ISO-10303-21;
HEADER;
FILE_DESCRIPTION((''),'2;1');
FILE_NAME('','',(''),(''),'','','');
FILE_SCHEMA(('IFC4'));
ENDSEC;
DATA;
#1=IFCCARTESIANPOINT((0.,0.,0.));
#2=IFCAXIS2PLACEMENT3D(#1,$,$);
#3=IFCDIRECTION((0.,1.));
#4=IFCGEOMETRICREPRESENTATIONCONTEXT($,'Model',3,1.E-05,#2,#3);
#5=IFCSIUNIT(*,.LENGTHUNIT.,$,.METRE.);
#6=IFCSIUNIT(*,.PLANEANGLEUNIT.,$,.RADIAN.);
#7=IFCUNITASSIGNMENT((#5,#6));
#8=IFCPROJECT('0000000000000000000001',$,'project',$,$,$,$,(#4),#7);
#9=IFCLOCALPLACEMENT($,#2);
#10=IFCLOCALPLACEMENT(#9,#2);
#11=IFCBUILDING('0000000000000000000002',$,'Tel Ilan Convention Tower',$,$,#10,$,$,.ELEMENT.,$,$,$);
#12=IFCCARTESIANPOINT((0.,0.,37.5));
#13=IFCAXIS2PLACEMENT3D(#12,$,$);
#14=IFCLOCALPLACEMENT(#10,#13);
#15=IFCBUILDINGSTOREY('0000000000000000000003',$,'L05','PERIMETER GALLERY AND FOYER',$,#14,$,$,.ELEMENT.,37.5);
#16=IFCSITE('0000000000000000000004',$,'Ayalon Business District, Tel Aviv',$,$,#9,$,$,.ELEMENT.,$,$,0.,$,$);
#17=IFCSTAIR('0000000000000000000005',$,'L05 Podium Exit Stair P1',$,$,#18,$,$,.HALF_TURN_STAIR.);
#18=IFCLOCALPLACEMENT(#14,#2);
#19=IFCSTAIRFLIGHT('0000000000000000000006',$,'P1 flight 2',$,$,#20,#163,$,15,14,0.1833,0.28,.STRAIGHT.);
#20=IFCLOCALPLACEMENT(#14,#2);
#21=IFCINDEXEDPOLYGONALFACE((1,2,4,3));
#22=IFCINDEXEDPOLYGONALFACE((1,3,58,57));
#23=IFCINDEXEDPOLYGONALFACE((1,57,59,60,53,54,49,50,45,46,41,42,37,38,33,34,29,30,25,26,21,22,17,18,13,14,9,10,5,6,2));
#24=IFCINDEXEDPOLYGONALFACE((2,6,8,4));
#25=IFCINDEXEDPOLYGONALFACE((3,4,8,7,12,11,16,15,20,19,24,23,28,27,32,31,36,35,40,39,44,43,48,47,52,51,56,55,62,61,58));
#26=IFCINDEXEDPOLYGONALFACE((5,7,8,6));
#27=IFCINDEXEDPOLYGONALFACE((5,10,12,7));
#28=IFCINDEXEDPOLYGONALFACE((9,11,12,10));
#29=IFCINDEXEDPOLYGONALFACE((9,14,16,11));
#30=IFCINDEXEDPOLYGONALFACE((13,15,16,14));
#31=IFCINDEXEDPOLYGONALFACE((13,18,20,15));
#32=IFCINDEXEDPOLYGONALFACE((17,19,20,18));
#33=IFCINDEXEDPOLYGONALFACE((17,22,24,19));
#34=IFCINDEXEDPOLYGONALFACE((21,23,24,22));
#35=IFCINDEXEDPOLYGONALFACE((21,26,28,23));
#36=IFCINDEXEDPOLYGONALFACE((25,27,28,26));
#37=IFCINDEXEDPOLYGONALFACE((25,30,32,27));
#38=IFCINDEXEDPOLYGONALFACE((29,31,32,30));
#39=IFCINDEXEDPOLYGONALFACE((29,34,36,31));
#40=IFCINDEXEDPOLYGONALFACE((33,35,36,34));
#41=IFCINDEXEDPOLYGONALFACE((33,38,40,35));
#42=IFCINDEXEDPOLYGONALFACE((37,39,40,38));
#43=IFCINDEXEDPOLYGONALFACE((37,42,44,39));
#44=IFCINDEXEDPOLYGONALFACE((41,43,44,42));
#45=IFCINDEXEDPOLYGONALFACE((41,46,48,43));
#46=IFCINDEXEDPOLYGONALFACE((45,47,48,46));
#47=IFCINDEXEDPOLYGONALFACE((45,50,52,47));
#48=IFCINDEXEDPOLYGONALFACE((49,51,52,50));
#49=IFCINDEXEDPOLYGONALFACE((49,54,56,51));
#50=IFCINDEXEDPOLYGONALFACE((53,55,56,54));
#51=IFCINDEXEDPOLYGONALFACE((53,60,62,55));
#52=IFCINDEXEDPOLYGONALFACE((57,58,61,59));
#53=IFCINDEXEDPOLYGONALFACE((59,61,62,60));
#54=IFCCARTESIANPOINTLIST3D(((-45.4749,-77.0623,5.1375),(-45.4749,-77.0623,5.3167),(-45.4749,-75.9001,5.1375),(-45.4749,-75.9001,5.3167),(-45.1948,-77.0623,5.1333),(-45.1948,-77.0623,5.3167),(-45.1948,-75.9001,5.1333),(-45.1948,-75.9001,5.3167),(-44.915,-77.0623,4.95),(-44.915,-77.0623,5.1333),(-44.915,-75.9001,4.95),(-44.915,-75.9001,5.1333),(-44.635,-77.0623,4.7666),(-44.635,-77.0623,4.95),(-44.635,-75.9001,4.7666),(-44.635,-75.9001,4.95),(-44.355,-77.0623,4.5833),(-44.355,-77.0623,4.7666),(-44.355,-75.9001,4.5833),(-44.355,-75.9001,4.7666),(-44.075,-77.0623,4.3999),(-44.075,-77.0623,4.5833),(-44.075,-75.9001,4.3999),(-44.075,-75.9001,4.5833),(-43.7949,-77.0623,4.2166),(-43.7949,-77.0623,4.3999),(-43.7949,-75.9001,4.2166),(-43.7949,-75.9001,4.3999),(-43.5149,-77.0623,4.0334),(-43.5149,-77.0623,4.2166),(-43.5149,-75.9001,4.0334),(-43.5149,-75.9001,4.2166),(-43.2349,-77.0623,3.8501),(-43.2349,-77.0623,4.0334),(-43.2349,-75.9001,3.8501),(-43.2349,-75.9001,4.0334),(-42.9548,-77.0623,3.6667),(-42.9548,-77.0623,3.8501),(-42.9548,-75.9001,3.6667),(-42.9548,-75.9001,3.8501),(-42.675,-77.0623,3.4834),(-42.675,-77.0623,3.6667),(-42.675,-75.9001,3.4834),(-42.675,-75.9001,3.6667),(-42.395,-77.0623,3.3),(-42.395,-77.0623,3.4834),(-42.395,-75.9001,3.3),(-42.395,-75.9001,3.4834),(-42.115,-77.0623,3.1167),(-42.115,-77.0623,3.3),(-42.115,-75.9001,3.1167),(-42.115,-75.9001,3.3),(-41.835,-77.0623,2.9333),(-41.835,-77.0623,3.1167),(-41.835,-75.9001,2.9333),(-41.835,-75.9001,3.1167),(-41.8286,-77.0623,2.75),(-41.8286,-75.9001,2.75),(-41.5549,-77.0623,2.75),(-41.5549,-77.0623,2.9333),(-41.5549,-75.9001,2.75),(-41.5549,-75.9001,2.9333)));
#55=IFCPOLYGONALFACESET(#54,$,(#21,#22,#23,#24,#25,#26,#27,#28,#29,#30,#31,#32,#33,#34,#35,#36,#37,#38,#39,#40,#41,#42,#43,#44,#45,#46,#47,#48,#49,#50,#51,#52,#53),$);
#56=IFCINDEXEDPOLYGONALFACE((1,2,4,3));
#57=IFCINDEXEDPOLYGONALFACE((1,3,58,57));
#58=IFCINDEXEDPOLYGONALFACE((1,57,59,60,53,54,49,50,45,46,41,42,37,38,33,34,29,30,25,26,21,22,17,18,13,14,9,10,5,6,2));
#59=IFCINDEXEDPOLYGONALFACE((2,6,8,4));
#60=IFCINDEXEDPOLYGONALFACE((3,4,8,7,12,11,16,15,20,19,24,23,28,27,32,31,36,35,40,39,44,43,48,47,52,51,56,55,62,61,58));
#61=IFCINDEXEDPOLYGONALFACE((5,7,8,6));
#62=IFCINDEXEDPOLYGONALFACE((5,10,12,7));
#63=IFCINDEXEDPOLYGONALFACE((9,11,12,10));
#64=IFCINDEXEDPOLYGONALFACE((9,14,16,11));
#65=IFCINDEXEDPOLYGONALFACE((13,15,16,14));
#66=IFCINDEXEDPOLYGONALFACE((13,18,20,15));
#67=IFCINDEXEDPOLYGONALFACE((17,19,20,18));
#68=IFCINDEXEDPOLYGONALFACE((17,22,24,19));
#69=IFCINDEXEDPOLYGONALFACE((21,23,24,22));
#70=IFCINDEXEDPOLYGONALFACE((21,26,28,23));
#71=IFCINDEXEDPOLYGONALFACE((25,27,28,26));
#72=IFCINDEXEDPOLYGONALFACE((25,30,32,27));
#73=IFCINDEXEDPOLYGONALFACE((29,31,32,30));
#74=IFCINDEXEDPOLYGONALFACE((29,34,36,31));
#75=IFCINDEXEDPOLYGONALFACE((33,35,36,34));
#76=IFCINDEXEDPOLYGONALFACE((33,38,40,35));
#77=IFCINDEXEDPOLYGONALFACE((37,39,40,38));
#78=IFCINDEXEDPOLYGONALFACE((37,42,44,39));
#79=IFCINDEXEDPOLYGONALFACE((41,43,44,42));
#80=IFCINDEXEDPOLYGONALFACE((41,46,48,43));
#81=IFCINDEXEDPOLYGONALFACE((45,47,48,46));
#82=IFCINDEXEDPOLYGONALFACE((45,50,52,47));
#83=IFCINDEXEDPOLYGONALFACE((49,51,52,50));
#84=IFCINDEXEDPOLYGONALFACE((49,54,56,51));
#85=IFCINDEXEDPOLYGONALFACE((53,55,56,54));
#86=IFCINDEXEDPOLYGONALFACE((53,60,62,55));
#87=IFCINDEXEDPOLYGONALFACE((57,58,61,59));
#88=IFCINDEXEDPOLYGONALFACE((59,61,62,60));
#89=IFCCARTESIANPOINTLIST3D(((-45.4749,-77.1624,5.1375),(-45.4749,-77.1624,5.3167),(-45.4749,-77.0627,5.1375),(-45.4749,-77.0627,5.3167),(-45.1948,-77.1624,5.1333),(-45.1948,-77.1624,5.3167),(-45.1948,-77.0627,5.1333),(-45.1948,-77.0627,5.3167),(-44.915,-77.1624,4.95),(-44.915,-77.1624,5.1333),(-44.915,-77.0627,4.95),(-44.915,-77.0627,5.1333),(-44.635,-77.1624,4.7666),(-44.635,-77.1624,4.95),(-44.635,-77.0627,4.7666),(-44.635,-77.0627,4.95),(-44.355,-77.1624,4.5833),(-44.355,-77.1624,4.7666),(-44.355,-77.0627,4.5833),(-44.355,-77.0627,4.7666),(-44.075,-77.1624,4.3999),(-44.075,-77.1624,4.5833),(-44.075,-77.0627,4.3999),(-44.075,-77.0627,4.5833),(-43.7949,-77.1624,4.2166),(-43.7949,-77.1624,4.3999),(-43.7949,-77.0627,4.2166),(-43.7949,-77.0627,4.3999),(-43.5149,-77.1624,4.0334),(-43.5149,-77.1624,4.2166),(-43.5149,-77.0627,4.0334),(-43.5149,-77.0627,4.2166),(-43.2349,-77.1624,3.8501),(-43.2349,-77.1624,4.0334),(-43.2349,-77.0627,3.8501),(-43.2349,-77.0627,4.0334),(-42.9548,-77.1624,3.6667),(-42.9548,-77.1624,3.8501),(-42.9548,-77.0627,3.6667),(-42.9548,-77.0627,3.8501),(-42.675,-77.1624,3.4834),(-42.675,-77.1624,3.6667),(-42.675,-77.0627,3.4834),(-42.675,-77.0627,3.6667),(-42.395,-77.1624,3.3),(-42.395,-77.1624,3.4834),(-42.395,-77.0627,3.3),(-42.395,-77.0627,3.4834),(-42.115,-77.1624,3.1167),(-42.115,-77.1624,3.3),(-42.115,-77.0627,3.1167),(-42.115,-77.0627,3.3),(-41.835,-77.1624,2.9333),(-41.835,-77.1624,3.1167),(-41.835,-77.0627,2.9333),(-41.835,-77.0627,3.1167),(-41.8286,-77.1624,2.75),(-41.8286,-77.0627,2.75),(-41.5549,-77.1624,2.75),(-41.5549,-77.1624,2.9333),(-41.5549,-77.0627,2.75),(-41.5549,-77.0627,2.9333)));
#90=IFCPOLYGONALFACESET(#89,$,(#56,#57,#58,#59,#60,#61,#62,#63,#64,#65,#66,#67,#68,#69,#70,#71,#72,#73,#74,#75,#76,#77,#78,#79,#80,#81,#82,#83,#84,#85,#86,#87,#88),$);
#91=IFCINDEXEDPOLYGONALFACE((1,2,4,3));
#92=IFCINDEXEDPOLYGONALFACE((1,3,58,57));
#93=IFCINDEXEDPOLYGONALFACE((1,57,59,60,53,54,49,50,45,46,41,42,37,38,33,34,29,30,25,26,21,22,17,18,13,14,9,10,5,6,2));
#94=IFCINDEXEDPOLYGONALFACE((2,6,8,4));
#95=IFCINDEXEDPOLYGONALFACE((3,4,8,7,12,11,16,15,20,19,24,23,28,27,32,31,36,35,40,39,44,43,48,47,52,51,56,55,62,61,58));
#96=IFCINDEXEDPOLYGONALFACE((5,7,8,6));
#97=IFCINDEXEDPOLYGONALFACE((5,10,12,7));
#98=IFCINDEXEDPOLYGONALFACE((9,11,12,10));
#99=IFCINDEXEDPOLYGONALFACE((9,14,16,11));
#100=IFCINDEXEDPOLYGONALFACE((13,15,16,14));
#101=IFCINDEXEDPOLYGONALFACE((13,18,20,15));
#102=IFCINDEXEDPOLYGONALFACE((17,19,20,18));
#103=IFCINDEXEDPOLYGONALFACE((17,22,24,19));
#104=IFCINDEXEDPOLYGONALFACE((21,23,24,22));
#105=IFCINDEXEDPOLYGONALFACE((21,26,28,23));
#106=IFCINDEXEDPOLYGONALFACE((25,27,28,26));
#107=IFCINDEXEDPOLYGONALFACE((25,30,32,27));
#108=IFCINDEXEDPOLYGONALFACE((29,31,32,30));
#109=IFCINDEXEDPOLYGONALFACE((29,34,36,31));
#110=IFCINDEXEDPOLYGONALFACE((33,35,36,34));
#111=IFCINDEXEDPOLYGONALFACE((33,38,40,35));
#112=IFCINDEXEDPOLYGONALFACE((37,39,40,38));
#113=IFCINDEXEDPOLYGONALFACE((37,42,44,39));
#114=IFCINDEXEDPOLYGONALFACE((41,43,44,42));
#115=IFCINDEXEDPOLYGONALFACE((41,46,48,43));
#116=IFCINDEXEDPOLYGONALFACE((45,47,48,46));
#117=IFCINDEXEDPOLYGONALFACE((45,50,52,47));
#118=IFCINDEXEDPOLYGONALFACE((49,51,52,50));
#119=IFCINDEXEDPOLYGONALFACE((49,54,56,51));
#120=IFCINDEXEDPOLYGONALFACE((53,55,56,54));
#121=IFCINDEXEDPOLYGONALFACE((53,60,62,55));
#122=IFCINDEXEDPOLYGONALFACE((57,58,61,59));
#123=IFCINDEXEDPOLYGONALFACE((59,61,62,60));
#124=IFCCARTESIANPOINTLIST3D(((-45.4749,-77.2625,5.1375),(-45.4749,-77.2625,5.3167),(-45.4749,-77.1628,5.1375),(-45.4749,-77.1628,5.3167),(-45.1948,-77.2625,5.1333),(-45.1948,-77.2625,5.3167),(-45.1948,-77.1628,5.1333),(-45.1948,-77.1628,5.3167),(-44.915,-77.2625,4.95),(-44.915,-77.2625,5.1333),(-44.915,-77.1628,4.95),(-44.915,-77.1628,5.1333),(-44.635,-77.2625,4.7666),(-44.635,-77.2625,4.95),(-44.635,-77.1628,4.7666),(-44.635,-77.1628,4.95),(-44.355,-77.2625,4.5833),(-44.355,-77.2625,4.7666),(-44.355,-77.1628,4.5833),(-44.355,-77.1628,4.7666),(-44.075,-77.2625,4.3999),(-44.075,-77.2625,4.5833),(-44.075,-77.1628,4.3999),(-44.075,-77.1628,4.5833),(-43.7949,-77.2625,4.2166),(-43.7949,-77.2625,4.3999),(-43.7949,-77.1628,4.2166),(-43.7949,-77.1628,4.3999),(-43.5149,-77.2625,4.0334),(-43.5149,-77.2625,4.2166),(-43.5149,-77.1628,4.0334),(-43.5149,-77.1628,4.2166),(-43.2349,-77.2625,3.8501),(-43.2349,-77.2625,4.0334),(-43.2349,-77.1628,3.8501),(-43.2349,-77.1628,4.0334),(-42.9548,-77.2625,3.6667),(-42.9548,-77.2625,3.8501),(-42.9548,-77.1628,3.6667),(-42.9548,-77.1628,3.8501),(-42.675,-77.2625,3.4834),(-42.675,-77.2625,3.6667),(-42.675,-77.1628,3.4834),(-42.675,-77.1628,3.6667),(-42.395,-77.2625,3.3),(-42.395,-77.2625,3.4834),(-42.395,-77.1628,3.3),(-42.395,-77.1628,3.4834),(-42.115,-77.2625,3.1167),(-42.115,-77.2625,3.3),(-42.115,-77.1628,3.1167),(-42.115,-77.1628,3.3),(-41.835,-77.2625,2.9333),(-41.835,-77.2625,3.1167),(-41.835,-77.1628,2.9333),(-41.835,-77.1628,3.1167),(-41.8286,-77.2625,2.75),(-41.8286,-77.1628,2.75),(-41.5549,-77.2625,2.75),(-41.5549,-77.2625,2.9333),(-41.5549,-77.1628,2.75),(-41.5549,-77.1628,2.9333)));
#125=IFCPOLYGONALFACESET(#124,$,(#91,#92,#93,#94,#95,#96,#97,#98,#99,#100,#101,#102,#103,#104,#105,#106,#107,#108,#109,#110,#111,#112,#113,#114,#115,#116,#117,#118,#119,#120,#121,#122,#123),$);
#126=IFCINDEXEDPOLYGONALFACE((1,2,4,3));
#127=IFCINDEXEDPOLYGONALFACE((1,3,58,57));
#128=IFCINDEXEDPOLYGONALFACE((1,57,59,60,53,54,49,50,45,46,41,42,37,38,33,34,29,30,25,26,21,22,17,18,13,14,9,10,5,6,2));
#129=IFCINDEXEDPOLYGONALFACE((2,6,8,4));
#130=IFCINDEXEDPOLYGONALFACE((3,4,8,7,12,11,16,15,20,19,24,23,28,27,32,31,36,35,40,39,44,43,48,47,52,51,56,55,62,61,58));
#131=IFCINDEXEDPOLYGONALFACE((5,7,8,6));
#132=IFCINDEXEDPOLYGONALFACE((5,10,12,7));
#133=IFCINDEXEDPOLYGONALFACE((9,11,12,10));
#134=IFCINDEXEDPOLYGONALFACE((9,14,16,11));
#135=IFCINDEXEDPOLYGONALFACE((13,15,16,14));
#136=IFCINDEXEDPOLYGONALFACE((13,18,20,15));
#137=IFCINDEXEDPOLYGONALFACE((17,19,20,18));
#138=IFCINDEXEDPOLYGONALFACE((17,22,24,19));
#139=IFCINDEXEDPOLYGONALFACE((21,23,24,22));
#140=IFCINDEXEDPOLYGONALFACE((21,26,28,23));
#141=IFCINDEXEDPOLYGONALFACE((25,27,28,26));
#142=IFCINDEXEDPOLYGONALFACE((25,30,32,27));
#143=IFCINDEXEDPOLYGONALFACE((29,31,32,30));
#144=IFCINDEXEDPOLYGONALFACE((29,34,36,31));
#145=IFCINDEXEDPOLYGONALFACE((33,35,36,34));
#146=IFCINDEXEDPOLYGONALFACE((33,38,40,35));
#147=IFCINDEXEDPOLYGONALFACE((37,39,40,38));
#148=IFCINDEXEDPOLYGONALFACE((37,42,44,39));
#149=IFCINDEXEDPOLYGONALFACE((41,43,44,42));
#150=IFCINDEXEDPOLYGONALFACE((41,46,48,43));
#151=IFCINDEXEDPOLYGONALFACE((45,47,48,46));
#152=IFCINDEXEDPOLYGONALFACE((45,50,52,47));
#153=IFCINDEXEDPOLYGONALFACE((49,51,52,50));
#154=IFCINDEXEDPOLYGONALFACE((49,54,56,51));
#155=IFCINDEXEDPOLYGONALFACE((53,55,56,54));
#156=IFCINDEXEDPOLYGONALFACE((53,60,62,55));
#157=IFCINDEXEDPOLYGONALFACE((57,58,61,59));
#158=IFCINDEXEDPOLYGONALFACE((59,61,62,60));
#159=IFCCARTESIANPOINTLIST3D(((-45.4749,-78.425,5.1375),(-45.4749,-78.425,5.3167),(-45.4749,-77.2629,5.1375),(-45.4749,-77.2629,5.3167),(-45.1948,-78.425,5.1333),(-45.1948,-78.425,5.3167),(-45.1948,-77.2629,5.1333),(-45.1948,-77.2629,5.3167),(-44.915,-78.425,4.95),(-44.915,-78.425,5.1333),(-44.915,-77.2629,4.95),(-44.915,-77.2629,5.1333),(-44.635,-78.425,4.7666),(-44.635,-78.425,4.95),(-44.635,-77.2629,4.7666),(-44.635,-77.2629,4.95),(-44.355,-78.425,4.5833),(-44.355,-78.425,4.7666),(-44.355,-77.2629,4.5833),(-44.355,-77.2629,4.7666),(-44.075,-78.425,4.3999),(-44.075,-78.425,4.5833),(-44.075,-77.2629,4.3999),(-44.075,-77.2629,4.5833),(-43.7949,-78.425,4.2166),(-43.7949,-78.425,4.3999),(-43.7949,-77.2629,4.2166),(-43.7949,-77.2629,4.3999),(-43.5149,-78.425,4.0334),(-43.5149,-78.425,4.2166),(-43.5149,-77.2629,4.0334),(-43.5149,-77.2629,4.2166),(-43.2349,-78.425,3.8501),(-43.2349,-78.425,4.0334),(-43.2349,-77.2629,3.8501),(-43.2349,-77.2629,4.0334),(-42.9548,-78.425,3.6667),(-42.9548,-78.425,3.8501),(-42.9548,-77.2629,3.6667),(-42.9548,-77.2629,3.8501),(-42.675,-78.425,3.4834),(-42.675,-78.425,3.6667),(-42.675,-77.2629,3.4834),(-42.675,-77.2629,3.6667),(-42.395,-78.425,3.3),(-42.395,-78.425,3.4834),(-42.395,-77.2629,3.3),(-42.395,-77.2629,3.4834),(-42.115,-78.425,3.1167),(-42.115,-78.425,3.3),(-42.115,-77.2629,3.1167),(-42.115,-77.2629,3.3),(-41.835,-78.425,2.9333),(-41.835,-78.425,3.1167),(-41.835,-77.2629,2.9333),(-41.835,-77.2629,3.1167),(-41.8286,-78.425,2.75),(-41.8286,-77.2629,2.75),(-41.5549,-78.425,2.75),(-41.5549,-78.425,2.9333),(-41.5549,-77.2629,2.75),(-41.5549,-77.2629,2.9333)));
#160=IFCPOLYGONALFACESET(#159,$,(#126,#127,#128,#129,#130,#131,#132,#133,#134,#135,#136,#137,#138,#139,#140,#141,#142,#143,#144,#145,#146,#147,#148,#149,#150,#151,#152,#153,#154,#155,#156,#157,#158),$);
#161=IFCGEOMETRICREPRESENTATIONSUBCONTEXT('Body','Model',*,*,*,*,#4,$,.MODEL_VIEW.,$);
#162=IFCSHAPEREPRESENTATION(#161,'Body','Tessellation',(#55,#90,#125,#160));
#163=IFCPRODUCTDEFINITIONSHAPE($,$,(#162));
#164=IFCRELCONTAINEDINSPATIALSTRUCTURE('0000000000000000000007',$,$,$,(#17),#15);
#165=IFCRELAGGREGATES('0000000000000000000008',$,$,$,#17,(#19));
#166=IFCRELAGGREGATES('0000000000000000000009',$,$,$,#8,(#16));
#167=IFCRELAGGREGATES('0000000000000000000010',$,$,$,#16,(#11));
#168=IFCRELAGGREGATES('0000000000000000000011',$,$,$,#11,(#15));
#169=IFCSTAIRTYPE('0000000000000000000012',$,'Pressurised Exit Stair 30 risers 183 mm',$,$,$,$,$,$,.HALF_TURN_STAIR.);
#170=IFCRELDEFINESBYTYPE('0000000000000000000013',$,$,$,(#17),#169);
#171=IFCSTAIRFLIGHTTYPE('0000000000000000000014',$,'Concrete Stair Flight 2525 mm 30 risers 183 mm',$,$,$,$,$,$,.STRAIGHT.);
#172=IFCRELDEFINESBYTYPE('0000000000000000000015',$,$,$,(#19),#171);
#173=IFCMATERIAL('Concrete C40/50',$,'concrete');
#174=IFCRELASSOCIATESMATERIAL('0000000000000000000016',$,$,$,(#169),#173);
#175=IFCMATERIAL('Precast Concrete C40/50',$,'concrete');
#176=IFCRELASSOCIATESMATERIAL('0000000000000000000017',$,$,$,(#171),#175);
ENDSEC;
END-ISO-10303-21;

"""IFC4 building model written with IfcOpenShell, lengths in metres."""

from ifc_helpers import new_model, si_unit, direction, frame, origin, place, context, subcontext, project, spatial, polyline, outline, extrude, material, type_object, element, aggregate, save


model = new_model("IFC4")

# Units and contexts
model_context = context("Model", 3, precision=1e-05, world=origin(), true_north=direction((0.0, 1.0)))
body_context = subcontext(model_context, "Body", "Model", "MODEL_VIEW")
ifc_project = project(units=[si_unit("LENGTHUNIT", "METRE"), si_unit("PLANEANGLEUNIT", "RADIAN")], contexts=[model_context])

# Site, building, storey
site_placement = place(None, origin())
site = spatial("IfcSite", under=ifc_project, at=site_placement, Name="Ayalon Business District, Tel Aviv", CompositionType="ELEMENT", RefElevation=0.0)
building_placement = place(site_placement, origin())
building = spatial("IfcBuilding", under=site, at=building_placement, Name="Tel Ilan Convention Tower", CompositionType="ELEMENT")
storey_placement = place(building_placement, frame((0.0, 0.0, 37.5)))
storey = spatial("IfcBuildingStorey", under=building, at=storey_placement, Name="L05", Description="PERIMETER GALLERY AND FOYER", CompositionType="ELEMENT", Elevation=37.5)

# Stair, stair flight
ifc_material_1 = material(Name="Concrete C40/50", Category="concrete")
stair_type = type_object("IfcStairType", Name="Pressurised Exit Stair 30 risers 183 mm", PredefinedType="HALF_TURN_STAIR", material=ifc_material_1)
stair_placement = place(storey_placement, origin())
stair = element("IfcStair", 1, at=stair_placement, inside=storey, type_object=stair_type, Name="L05 Podium Exit Stair P1", PredefinedType="HALF_TURN_STAIR")
ifc_material_2 = material(Name="Precast Concrete C40/50", Category="concrete")
stair_flight_type = type_object("IfcStairFlightType", Name="Concrete Stair Flight 2525 mm 30 risers 183 mm", PredefinedType="STRAIGHT", material=ifc_material_2)
stair_flight_placement = place(storey_placement, frame((-41.5549, -77.1626, 2.75), z_axis=(0.0, 0.0, 1.0), x_axis=(-1.0, 0.0, 0.0)))
stair_flight = element("IfcStairFlight", 2, at=stair_flight_placement, type_object=stair_flight_type, Name="P1 flight 2", NumberOfRisers=15, NumberOfTreads=14, PredefinedType="STRAIGHT", RiserHeight=0.1833, TreadLength=0.28, context=body_context, shape_type="SweptSolid", body=[
    extrude(outline(polyline([(0.0, 0.0), (0.0, 0.1833), (0.28, 0.1833), (0.28, 0.3667), (0.5601, 0.3667), (0.5601, 0.55), (0.8401, 0.55), (0.8401, 0.7334), (1.1201, 0.7334), (1.1201, 0.9167), (1.3999, 0.9167), (1.3999, 1.1001), (1.6799, 1.1001), (1.6799, 1.2834), (1.96, 1.2834), (1.96, 1.4666), (2.24, 1.4666), (2.24, 1.6499), (2.52, 1.6499), (2.52, 1.8333), (2.8, 1.8333), (2.8, 2.0166), (3.0801, 2.0166), (3.0801, 2.2), (3.3601, 2.2), (3.3601, 2.3833), (3.6399, 2.3833), (3.6399, 2.5667), (3.9199, 2.5667), (3.9199, 2.75), (3.9199, 2.3875), (0.2737, 0.0), (0.0, 0.0)])), frame((0.0, -0.1003, 0.0), z_axis=(0.0, -1.0, 0.0), x_axis=(1.0, 0.0, 0.0)), (0.0, 0.0, 1.0), 1.1621),
    extrude(outline(polyline([(0.0, 0.0), (0.0, 0.1833), (0.28, 0.1833), (0.28, 0.3667), (0.5601, 0.3667), (0.5601, 0.55), (0.8401, 0.55), (0.8401, 0.7334), (1.1201, 0.7334), (1.1201, 0.9167), (1.3999, 0.9167), (1.3999, 1.1001), (1.6799, 1.1001), (1.6799, 1.2834), (1.96, 1.2834), (1.96, 1.4666), (2.24, 1.4666), (2.24, 1.6499), (2.52, 1.6499), (2.52, 1.8333), (2.8, 1.8333), (2.8, 2.0166), (3.0801, 2.0166), (3.0801, 2.2), (3.3601, 2.2), (3.3601, 2.3833), (3.6399, 2.3833), (3.6399, 2.5667), (3.9199, 2.5667), (3.9199, 2.75), (3.9199, 2.3875), (0.2737, 0.0), (0.0, 0.0)])), frame((0.0, -0.0002, 0.0), z_axis=(0.0, -1.0, 0.0), x_axis=(1.0, 0.0, 0.0)), (0.0, 0.0, 1.0), 0.0996),
    extrude(outline(polyline([(0.0, 0.0), (0.0, 0.1833), (0.28, 0.1833), (0.28, 0.3667), (0.5601, 0.3667), (0.5601, 0.55), (0.8401, 0.55), (0.8401, 0.7334), (1.1201, 0.7334), (1.1201, 0.9167), (1.3999, 0.9167), (1.3999, 1.1001), (1.6799, 1.1001), (1.6799, 1.2834), (1.96, 1.2834), (1.96, 1.4666), (2.24, 1.4666), (2.24, 1.6499), (2.52, 1.6499), (2.52, 1.8333), (2.8, 1.8333), (2.8, 2.0166), (3.0801, 2.0166), (3.0801, 2.2), (3.3601, 2.2), (3.3601, 2.3833), (3.6399, 2.3833), (3.6399, 2.5667), (3.9199, 2.5667), (3.9199, 2.75), (3.9199, 2.3875), (0.2737, 0.0), (0.0, 0.0)])), frame((0.0, 0.0999, 0.0), z_axis=(0.0, -1.0, 0.0), x_axis=(1.0, 0.0, 0.0)), (0.0, 0.0, 1.0), 0.0996),
    extrude(outline(polyline([(0.0, 0.0), (0.0, 0.1833), (0.28, 0.1833), (0.28, 0.3667), (0.5601, 0.3667), (0.5601, 0.55), (0.8401, 0.55), (0.8401, 0.7334), (1.1201, 0.7334), (1.1201, 0.9167), (1.3999, 0.9167), (1.3999, 1.1001), (1.6799, 1.1001), (1.6799, 1.2834), (1.96, 1.2834), (1.96, 1.4666), (2.24, 1.4666), (2.24, 1.6499), (2.52, 1.6499), (2.52, 1.8333), (2.8, 1.8333), (2.8, 2.0166), (3.0801, 2.0166), (3.0801, 2.2), (3.3601, 2.2), (3.3601, 2.3833), (3.6399, 2.3833), (3.6399, 2.5667), (3.9199, 2.5667), (3.9199, 2.75), (3.9199, 2.3875), (0.2737, 0.0), (0.0, 0.0)])), frame((0.0, 1.2625, 0.0), z_axis=(0.0, -1.0, 0.0), x_axis=(1.0, 0.0, 0.0)), (0.0, 0.0, 1.0), 1.1621),
])
aggregate(stair, [stair_flight])

save(model, "model.ifc")
